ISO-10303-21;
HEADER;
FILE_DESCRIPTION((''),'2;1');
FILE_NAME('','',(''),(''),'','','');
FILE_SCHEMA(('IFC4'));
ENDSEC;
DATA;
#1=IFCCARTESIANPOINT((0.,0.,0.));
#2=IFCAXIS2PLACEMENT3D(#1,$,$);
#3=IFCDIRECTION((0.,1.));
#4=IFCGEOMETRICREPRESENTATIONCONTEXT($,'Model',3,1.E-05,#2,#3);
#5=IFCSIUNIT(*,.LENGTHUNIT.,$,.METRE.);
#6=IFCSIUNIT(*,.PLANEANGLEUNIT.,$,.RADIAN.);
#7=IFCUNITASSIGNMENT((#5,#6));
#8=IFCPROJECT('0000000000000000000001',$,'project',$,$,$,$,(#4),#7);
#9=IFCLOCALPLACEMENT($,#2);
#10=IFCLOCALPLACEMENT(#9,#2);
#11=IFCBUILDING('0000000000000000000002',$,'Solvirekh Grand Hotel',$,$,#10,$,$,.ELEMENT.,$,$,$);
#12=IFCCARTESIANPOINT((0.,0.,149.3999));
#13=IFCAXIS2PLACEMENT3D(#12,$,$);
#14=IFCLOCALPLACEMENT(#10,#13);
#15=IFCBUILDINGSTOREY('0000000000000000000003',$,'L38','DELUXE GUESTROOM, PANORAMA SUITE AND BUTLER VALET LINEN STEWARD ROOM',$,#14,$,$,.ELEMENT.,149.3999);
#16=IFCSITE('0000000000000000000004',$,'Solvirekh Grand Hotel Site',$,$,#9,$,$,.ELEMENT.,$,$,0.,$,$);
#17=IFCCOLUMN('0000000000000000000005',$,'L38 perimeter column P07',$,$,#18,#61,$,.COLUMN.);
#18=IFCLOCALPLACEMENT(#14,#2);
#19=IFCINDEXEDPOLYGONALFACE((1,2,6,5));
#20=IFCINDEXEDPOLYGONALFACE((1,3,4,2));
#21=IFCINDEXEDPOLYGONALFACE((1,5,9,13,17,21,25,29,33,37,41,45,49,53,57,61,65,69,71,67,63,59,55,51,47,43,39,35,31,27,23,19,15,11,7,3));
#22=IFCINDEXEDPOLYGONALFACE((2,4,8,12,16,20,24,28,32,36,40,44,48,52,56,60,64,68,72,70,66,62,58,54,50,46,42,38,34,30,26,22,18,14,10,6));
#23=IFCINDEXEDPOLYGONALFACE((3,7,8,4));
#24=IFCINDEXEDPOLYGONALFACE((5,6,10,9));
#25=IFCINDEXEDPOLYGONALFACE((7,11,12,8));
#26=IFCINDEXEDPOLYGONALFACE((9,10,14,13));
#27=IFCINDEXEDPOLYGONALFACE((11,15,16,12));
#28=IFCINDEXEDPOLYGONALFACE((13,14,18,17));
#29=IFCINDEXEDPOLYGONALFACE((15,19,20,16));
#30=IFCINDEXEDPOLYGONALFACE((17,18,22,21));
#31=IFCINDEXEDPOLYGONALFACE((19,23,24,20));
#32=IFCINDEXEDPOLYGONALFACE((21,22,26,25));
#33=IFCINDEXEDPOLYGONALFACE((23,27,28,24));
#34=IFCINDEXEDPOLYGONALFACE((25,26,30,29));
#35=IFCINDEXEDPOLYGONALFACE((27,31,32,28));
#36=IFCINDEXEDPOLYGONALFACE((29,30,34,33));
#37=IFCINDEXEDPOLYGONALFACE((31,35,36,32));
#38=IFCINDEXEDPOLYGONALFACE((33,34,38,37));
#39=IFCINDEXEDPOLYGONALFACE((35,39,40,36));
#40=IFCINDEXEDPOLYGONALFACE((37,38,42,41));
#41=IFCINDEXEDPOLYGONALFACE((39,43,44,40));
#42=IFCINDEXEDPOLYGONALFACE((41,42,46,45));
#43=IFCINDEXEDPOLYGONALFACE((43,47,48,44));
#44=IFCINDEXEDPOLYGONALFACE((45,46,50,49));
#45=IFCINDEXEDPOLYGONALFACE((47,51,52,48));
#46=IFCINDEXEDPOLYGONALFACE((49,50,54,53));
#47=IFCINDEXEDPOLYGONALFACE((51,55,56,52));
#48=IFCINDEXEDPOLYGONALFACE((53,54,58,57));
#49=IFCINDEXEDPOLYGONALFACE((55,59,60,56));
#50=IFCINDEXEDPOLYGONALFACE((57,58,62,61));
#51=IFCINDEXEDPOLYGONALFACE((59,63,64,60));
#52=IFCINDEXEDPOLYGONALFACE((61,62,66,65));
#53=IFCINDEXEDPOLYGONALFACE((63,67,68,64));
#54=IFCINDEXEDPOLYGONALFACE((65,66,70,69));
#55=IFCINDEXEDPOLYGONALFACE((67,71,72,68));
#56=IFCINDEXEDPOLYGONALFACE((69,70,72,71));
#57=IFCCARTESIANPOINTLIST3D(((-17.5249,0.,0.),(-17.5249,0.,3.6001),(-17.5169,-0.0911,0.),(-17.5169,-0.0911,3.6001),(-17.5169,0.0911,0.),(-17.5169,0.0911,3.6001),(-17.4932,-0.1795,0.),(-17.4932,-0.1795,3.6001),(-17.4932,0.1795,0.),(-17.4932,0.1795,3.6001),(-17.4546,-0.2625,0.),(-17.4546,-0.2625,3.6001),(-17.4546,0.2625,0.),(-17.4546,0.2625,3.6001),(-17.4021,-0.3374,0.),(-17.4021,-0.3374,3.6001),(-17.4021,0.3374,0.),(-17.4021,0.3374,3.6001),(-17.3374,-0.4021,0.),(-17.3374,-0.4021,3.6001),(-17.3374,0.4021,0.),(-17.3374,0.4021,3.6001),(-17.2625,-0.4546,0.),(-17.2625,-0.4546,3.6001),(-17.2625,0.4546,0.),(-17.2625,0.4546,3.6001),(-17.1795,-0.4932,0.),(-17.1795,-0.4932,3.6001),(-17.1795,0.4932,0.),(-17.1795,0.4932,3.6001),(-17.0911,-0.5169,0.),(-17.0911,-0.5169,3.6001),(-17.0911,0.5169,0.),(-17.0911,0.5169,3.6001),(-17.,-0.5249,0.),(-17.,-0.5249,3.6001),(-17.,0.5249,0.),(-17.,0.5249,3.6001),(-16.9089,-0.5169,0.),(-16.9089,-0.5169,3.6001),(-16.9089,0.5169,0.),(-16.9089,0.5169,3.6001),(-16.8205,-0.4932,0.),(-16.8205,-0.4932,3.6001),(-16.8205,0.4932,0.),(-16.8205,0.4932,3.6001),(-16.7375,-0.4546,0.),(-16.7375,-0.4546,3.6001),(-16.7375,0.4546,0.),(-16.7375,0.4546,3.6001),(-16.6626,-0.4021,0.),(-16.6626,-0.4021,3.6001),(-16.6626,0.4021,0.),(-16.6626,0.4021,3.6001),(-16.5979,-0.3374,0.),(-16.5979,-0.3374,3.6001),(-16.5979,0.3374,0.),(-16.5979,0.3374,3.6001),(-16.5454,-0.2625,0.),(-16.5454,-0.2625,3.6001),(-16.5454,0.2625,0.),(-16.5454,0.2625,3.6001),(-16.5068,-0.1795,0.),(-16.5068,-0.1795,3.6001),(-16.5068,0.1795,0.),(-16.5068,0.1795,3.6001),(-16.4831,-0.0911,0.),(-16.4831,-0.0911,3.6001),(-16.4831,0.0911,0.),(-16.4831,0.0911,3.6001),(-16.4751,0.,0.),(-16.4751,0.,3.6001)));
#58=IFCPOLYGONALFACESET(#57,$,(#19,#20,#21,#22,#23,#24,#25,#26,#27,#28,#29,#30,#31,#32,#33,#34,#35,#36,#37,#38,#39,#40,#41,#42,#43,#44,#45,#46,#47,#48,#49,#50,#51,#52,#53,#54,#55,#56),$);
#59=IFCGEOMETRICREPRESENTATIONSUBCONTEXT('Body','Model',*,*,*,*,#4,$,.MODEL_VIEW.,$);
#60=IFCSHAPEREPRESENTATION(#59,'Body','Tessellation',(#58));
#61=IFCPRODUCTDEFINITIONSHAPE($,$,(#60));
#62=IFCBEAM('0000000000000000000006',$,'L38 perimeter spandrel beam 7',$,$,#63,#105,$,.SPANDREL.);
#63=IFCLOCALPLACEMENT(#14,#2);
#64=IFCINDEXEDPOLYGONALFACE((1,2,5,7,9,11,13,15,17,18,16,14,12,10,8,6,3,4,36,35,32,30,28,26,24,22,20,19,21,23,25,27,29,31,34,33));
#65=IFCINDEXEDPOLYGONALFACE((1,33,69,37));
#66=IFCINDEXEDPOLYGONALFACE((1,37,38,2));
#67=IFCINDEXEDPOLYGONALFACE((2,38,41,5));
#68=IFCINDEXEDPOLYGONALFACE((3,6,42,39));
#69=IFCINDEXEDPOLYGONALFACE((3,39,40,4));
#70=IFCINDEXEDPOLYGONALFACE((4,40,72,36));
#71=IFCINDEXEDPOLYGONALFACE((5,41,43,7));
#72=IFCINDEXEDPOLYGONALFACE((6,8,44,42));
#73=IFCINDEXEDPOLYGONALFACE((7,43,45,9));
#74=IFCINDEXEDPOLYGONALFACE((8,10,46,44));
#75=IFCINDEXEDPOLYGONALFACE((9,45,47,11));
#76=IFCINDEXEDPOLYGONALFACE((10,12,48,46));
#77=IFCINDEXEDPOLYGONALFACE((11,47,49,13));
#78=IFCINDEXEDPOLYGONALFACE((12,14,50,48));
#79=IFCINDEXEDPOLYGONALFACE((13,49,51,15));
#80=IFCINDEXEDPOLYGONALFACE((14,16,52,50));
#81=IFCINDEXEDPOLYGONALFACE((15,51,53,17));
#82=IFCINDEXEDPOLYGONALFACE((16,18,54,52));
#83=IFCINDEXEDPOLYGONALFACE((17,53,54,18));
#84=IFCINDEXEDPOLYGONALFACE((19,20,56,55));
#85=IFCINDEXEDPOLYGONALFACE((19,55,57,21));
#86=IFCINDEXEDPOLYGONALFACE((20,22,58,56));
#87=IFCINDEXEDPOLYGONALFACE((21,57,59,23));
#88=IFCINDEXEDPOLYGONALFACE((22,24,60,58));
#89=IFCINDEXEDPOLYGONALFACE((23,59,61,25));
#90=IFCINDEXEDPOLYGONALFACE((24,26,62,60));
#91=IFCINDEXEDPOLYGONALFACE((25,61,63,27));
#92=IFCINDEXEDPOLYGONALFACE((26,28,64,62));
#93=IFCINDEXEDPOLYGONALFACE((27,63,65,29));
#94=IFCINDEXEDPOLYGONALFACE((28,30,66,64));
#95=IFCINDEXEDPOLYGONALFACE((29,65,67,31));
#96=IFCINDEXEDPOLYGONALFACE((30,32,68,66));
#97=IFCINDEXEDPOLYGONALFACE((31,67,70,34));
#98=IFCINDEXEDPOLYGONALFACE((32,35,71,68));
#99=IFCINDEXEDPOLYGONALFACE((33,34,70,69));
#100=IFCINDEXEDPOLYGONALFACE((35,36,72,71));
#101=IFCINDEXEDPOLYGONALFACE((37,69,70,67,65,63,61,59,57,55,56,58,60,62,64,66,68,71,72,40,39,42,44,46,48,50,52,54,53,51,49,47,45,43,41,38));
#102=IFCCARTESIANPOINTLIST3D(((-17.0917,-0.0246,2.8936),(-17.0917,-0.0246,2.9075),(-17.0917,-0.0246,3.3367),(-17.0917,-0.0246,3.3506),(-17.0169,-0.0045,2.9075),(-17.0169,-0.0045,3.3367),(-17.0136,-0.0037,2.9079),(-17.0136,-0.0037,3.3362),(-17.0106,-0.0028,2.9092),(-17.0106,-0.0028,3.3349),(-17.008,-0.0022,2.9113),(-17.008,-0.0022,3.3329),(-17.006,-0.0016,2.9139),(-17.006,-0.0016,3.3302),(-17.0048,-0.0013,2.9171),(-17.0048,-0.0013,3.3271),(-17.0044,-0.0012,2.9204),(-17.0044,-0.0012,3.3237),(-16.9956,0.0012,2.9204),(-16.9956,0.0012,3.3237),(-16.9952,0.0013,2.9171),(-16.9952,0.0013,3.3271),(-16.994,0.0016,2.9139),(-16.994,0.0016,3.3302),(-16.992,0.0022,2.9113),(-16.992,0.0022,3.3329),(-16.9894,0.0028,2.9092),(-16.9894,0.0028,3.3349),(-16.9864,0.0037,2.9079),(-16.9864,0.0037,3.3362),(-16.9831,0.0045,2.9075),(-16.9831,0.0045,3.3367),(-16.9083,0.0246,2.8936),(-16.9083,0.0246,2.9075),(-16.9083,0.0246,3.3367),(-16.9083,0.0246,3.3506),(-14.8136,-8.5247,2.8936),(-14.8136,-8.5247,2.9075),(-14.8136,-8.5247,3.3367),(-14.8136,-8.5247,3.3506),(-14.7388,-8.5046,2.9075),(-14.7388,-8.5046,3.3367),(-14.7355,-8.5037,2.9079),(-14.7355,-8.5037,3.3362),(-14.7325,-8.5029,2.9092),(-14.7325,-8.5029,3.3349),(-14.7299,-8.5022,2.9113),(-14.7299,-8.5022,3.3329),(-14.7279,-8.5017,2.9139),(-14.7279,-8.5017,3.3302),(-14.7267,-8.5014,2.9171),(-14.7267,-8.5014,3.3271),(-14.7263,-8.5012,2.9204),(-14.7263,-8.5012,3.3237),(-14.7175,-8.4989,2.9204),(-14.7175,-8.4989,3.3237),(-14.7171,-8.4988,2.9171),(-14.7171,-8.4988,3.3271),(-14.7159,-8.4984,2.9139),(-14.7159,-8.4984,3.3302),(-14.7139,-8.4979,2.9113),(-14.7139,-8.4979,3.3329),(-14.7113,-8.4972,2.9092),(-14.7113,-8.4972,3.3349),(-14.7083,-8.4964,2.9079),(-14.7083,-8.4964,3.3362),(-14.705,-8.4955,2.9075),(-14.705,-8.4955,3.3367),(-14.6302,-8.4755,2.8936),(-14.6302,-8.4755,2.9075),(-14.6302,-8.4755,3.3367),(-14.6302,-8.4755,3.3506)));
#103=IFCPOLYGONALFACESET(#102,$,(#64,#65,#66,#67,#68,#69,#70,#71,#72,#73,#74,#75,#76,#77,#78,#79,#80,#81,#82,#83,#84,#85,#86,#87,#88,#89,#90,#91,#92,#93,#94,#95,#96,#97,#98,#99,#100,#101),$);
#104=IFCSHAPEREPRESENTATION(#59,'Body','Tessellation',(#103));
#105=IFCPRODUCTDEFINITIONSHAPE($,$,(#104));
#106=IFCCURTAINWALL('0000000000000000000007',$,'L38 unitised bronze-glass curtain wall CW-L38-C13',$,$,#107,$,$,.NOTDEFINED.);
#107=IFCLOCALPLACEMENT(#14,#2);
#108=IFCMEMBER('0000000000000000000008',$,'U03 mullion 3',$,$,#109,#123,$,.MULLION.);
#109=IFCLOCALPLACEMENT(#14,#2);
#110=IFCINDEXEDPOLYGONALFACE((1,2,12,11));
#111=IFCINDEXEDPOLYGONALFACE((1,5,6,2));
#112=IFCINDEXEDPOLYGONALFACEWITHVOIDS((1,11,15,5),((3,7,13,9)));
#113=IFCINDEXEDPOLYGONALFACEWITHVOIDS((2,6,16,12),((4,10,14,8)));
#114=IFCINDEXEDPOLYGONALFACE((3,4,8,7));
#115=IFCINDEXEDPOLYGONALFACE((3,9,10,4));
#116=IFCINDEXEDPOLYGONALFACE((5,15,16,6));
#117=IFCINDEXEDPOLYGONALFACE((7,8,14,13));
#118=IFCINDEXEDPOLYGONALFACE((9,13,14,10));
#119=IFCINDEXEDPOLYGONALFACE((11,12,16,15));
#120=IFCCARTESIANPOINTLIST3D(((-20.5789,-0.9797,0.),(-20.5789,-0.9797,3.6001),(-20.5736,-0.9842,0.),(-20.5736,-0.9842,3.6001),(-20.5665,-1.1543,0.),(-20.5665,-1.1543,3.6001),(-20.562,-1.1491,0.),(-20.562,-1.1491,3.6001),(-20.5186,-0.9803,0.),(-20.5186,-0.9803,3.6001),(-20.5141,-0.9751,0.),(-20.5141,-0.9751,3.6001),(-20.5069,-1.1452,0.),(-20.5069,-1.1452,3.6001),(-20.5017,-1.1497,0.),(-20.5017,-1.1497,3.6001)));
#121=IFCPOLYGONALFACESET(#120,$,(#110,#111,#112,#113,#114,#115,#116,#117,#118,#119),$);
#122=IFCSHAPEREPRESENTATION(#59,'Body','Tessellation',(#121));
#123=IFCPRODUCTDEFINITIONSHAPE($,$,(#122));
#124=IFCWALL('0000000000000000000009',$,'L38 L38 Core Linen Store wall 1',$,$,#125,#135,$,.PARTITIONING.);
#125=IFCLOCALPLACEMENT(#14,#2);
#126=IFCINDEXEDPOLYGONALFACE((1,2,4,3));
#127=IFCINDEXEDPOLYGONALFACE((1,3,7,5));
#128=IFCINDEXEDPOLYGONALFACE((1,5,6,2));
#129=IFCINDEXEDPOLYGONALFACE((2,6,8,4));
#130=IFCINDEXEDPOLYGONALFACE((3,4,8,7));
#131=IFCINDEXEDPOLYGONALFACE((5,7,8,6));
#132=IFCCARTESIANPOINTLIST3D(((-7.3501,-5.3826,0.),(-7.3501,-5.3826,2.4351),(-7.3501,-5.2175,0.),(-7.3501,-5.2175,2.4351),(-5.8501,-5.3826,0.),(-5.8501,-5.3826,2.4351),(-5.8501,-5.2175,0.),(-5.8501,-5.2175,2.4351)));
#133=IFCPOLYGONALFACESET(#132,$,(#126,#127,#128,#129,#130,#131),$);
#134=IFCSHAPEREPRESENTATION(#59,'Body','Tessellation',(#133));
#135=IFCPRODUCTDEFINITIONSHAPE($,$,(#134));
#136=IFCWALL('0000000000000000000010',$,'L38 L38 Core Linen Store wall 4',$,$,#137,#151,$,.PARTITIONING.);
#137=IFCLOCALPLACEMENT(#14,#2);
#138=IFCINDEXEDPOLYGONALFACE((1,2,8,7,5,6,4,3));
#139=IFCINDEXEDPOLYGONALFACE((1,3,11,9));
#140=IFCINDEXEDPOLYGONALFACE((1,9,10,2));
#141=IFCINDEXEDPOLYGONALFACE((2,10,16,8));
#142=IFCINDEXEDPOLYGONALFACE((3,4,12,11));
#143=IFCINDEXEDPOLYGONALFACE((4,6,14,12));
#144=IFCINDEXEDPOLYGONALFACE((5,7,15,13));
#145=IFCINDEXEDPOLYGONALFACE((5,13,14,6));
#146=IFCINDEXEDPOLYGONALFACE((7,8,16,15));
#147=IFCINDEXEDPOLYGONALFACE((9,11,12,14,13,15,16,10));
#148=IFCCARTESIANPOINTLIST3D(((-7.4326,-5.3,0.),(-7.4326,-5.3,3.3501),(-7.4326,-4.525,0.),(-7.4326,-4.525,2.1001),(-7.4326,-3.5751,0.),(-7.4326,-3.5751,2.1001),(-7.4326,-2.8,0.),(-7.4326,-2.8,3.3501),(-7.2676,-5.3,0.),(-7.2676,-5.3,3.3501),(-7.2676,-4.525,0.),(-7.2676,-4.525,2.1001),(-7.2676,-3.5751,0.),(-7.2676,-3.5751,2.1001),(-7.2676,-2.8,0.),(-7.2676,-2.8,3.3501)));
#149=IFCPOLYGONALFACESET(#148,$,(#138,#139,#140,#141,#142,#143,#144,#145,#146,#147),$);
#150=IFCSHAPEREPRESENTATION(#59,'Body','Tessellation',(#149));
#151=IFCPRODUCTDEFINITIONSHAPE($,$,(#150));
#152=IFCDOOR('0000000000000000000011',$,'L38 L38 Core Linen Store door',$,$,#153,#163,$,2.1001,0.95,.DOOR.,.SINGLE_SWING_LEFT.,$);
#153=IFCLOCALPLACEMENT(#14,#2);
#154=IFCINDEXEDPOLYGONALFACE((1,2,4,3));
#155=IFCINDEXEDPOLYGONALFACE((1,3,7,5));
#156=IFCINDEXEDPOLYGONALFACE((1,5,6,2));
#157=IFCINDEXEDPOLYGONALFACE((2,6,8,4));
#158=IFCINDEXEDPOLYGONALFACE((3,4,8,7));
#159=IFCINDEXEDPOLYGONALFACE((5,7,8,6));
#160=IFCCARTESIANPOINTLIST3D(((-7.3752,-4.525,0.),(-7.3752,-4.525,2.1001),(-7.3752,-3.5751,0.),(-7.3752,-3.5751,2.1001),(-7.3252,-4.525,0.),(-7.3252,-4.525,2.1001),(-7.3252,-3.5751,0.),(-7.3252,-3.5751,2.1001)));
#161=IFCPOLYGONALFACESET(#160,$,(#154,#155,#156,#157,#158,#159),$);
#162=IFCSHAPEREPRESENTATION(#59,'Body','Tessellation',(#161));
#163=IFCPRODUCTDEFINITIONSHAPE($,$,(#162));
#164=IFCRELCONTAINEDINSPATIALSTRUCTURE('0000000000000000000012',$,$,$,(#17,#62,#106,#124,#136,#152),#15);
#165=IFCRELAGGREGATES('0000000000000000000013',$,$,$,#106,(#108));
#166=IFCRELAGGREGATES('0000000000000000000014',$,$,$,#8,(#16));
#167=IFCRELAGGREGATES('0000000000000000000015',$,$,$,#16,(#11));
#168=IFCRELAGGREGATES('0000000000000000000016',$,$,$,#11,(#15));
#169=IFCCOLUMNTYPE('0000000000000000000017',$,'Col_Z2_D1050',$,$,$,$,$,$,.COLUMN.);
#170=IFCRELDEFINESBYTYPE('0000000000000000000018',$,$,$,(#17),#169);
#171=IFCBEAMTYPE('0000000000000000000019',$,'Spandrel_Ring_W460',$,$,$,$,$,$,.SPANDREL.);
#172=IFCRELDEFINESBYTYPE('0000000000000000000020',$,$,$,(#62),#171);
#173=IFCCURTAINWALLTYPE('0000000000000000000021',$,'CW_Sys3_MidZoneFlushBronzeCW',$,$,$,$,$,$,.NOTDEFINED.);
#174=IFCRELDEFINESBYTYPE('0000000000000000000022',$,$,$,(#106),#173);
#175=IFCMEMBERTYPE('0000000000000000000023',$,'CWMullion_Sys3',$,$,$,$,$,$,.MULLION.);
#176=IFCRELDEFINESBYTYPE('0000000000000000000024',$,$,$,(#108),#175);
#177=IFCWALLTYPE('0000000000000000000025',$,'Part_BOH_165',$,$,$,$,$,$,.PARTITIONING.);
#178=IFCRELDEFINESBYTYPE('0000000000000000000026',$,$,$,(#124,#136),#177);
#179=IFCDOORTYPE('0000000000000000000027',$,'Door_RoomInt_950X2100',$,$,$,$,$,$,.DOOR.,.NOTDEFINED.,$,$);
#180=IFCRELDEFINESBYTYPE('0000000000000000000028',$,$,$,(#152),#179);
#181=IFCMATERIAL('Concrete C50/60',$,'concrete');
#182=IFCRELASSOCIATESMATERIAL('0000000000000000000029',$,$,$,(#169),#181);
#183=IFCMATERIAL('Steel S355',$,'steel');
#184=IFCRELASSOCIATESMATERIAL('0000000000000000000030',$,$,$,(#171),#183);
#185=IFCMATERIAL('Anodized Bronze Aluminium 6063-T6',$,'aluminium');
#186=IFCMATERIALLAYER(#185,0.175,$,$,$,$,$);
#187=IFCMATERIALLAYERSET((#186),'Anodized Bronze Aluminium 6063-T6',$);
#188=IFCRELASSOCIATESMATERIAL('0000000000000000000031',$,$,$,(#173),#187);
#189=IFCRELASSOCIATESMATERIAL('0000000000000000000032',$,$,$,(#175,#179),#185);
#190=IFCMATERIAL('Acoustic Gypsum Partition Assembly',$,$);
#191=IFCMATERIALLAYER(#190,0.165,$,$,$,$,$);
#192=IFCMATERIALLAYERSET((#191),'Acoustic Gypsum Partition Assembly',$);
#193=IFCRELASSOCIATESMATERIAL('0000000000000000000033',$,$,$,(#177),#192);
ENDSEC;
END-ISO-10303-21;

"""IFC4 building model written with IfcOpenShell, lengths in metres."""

from ifc_helpers import new_model, si_unit, direction, frame, frame_2d, origin, origin_2d, place, context, subcontext, project, spatial, rectangle, hollow_rectangle, circle, i_section, extrude, source, transform, mapped, material, layer, layer_set, material_profile, profile_set, type_object, element, fill, aggregate, save


model = new_model("IFC4")

# Units and contexts
model_context = context("Model", 3, precision=1e-05, world=origin(), true_north=direction((0.0, 1.0)))
body_context = subcontext(model_context, "Body", "Model", "MODEL_VIEW")
ifc_project = project(units=[si_unit("LENGTHUNIT", "METRE"), si_unit("PLANEANGLEUNIT", "RADIAN")], contexts=[model_context])

# Site, building, storey
site_placement = place(None, origin())
site = spatial("IfcSite", under=ifc_project, at=site_placement, Name="Solvirekh Grand Hotel Site", CompositionType="ELEMENT", RefElevation=0.0)
building_placement = place(site_placement, origin())
building = spatial("IfcBuilding", under=site, at=building_placement, Name="Solvirekh Grand Hotel", CompositionType="ELEMENT")
storey_placement = place(building_placement, frame((0.0, 0.0, 149.3999)))
storey = spatial("IfcBuildingStorey", under=building, at=storey_placement, Name="L38", Description="DELUXE GUESTROOM, PANORAMA SUITE AND BUTLER VALET LINEN STEWARD ROOM", CompositionType="ELEMENT", Elevation=149.3999)

# Column
ifc_material_1 = material(Name="Concrete C50/60", Category="concrete")
ifc_material_profile_1 = material_profile(ifc_material_1, circle(Radius=0.5249, at=origin_2d()), Name="RC CIRC D1050")
ifc_profile_set_1 = profile_set([ifc_material_profile_1], Name="Concrete C50/60")
column_type = type_object("IfcColumnType", Name="Col_Z2_D1050", PredefinedType="COLUMN", material=ifc_profile_set_1)
column_placement = place(storey_placement, frame((-17.0, 0.0, 0.0), z_axis=(0.0, 0.0, 1.0), x_axis=(1.0, 0.0, 0.0)))
element("IfcColumn", 1, at=column_placement, inside=storey, type_object=column_type, Name="L38 perimeter column P07", PredefinedType="COLUMN", context=body_context, shape_type="SweptSolid", body=[
    extrude(circle(Radius=0.5249, at=origin_2d()), origin(), (0.0, 0.0, 1.0), 3.6001),
])

# Beam
ifc_material_2 = material(Name="Steel S355", Category="steel")
ifc_material_profile_2 = material_profile(ifc_material_2, i_section(OverallWidth=0.1899, OverallDepth=0.457, WebThickness=0.009, FlangeThickness=0.0139, FilletRadius=0.0129, at=origin_2d()), Name="W460X74")
ifc_profile_set_2 = profile_set([ifc_material_profile_2], Name="Steel S355")
beam_type = type_object("IfcBeamType", Name="Spandrel_Ring_W460", PredefinedType="SPANDREL", material=ifc_profile_set_2)
beam_placement = place(storey_placement, frame((-17.0, 0.0, 3.1221), z_axis=(0.258873, -0.965911, 0.0), x_axis=(0.965911, 0.258873, 0.0)))
element("IfcBeam", 2, at=beam_placement, inside=storey, type_object=beam_type, Name="L38 perimeter spandrel beam 7", PredefinedType="SPANDREL", context=body_context, shape_type="SweptSolid", body=[
    extrude(i_section(OverallWidth=0.1899, OverallDepth=0.457, WebThickness=0.009, FlangeThickness=0.0139, FilletRadius=0.0129, at=origin_2d()), origin(), (0.0, 0.0, 1.0), 8.8),
])

# Curtain wall, member
ifc_material_3 = material(Name="Anodized Bronze Aluminium 6063-T6", Category="aluminium")
ifc_layer_1 = layer(ifc_material_3, 0.175)
ifc_layer_set_1 = layer_set([ifc_layer_1], Name="Anodized Bronze Aluminium 6063-T6")
curtain_wall_type = type_object("IfcCurtainWallType", Name="CW_Sys3_MidZoneFlushBronzeCW", PredefinedType="NOTDEFINED", material=ifc_layer_set_1)
curtain_wall_placement = place(storey_placement, origin())
curtain_wall = element("IfcCurtainWall", 3, at=curtain_wall_placement, inside=storey, type_object=curtain_wall_type, Name="L38 unitised bronze-glass curtain wall CW-L38-C13", PredefinedType="NOTDEFINED")
ifc_material_profile_3 = material_profile(ifc_material_3, hollow_rectangle(XDim=0.0649, YDim=0.175, WallThickness=0.0049, at=origin_2d()), Name="ALU RHS 175X65X5")
ifc_profile_set_3 = profile_set([ifc_material_profile_3], Name="Anodized Bronze Aluminium 6063-T6")
member_type = type_object("IfcMemberType", Name="CWMullion_Sys3", PredefinedType="MULLION", material=ifc_profile_set_3)
shared_shape = source(origin(), body_context, "Body", "SweptSolid", [
    extrude(hollow_rectangle(XDim=0.0649, YDim=0.175, WallThickness=0.0049, at=origin_2d()), origin(), (0.0, 0.0, 1.0), 3.6001),
])
member_placement = place(storey_placement, frame((-20.5403, -1.0647, 0.0), z_axis=(0.0, 0.0, 1.0), x_axis=(0.997499, 0.070678, 0.0)))
member = element("IfcMember", 4, at=member_placement, type_object=member_type, Name="U03 mullion 3", PredefinedType="MULLION", context=body_context, shape_type="MappedRepresentation", body=[
    mapped(shared_shape, transform((0.0, 0.0, 0.0), x_axis=(1.0, 0.0, 0.0), y_axis=(0.0, 1.0, 0.0), z_axis=(0.0, 0.0, 1.0), scale=1.0)),
])
aggregate(curtain_wall, [member])

# Wall
ifc_material_4 = material(Name="Acoustic Gypsum Partition Assembly")
ifc_layer_2 = layer(ifc_material_4, 0.165)
ifc_layer_set_2 = layer_set([ifc_layer_2], Name="Acoustic Gypsum Partition Assembly")
wall_type_1 = type_object("IfcWallType", Name="Part_BOH_165", PredefinedType="PARTITIONING", material=ifc_layer_set_2)
wall_1_placement = place(storey_placement, frame((-7.3501, -5.3, 0.0), z_axis=(0.0, 0.0, 1.0), x_axis=(1.0, 0.0, 0.0)))
element("IfcWall", 5, at=wall_1_placement, inside=storey, type_object=wall_type_1, Name="L38 L38 Core Linen Store wall 1", PredefinedType="PARTITIONING", context=body_context, shape_type="SweptSolid", body=[
    extrude(rectangle(XDim=1.5, YDim=0.165, at=frame_2d((0.75, 0.0))), origin(), (0.0, 0.0, 1.0), 2.4351),
])

# Wall, opening, door
wall_2_placement = place(storey_placement, frame((-7.3501, -2.8, 0.0), z_axis=(0.0, 0.0, 1.0), x_axis=(0.0, -1.0, 0.0)))
wall_2 = element("IfcWall", 6, at=wall_2_placement, inside=storey, type_object=wall_type_1, Name="L38 L38 Core Linen Store wall 4", PredefinedType="PARTITIONING", context=body_context, shape_type="SweptSolid", body=[
    extrude(rectangle(XDim=2.5, YDim=0.165, at=frame_2d((1.25, 0.0))), origin(), (0.0, 0.0, 1.0), 3.3501),
])
opening_1_placement = place(wall_2_placement, frame((0.7749, 0.0, 0.0)))
opening_1 = element("IfcOpeningElement", 7, at=opening_1_placement, cuts=wall_2, PredefinedType="OPENING", context=body_context, shape_type="SweptSolid", body=[
    extrude(rectangle(XDim=0.95, YDim=2.1001, at=frame_2d((0.4751, 1.05))), frame((0.0, 0.0925, 0.0), z_axis=(0.0, -1.0, 0.0), x_axis=(1.0, 0.0, 0.0)), (0.0, 0.0, 1.0), 0.1851),
])
door_type_1 = type_object("IfcDoorType", Name="Door_RoomInt_950X2100", OperationType="NOTDEFINED", PredefinedType="DOOR", material=ifc_material_3)
door_1_placement = place(opening_1_placement, origin())
door_1 = element("IfcDoor", 8, at=door_1_placement, inside=storey, type_object=door_type_1, Name="L38 L38 Core Linen Store door", OperationType="SINGLE_SWING_LEFT", OverallHeight=2.1001, OverallWidth=0.95, PredefinedType="DOOR", context=body_context, shape_type="SweptSolid", body=[
    extrude(rectangle(XDim=0.95, YDim=2.1001, at=frame_2d((0.4751, 1.05))), frame((0.0, 0.0249, 0.0), z_axis=(0.0, -1.0, 0.0), x_axis=(1.0, 0.0, 0.0)), (0.0, 0.0, 1.0), 0.05),
])
fill(opening_1, door_1)

save(model, "model.ifc")
